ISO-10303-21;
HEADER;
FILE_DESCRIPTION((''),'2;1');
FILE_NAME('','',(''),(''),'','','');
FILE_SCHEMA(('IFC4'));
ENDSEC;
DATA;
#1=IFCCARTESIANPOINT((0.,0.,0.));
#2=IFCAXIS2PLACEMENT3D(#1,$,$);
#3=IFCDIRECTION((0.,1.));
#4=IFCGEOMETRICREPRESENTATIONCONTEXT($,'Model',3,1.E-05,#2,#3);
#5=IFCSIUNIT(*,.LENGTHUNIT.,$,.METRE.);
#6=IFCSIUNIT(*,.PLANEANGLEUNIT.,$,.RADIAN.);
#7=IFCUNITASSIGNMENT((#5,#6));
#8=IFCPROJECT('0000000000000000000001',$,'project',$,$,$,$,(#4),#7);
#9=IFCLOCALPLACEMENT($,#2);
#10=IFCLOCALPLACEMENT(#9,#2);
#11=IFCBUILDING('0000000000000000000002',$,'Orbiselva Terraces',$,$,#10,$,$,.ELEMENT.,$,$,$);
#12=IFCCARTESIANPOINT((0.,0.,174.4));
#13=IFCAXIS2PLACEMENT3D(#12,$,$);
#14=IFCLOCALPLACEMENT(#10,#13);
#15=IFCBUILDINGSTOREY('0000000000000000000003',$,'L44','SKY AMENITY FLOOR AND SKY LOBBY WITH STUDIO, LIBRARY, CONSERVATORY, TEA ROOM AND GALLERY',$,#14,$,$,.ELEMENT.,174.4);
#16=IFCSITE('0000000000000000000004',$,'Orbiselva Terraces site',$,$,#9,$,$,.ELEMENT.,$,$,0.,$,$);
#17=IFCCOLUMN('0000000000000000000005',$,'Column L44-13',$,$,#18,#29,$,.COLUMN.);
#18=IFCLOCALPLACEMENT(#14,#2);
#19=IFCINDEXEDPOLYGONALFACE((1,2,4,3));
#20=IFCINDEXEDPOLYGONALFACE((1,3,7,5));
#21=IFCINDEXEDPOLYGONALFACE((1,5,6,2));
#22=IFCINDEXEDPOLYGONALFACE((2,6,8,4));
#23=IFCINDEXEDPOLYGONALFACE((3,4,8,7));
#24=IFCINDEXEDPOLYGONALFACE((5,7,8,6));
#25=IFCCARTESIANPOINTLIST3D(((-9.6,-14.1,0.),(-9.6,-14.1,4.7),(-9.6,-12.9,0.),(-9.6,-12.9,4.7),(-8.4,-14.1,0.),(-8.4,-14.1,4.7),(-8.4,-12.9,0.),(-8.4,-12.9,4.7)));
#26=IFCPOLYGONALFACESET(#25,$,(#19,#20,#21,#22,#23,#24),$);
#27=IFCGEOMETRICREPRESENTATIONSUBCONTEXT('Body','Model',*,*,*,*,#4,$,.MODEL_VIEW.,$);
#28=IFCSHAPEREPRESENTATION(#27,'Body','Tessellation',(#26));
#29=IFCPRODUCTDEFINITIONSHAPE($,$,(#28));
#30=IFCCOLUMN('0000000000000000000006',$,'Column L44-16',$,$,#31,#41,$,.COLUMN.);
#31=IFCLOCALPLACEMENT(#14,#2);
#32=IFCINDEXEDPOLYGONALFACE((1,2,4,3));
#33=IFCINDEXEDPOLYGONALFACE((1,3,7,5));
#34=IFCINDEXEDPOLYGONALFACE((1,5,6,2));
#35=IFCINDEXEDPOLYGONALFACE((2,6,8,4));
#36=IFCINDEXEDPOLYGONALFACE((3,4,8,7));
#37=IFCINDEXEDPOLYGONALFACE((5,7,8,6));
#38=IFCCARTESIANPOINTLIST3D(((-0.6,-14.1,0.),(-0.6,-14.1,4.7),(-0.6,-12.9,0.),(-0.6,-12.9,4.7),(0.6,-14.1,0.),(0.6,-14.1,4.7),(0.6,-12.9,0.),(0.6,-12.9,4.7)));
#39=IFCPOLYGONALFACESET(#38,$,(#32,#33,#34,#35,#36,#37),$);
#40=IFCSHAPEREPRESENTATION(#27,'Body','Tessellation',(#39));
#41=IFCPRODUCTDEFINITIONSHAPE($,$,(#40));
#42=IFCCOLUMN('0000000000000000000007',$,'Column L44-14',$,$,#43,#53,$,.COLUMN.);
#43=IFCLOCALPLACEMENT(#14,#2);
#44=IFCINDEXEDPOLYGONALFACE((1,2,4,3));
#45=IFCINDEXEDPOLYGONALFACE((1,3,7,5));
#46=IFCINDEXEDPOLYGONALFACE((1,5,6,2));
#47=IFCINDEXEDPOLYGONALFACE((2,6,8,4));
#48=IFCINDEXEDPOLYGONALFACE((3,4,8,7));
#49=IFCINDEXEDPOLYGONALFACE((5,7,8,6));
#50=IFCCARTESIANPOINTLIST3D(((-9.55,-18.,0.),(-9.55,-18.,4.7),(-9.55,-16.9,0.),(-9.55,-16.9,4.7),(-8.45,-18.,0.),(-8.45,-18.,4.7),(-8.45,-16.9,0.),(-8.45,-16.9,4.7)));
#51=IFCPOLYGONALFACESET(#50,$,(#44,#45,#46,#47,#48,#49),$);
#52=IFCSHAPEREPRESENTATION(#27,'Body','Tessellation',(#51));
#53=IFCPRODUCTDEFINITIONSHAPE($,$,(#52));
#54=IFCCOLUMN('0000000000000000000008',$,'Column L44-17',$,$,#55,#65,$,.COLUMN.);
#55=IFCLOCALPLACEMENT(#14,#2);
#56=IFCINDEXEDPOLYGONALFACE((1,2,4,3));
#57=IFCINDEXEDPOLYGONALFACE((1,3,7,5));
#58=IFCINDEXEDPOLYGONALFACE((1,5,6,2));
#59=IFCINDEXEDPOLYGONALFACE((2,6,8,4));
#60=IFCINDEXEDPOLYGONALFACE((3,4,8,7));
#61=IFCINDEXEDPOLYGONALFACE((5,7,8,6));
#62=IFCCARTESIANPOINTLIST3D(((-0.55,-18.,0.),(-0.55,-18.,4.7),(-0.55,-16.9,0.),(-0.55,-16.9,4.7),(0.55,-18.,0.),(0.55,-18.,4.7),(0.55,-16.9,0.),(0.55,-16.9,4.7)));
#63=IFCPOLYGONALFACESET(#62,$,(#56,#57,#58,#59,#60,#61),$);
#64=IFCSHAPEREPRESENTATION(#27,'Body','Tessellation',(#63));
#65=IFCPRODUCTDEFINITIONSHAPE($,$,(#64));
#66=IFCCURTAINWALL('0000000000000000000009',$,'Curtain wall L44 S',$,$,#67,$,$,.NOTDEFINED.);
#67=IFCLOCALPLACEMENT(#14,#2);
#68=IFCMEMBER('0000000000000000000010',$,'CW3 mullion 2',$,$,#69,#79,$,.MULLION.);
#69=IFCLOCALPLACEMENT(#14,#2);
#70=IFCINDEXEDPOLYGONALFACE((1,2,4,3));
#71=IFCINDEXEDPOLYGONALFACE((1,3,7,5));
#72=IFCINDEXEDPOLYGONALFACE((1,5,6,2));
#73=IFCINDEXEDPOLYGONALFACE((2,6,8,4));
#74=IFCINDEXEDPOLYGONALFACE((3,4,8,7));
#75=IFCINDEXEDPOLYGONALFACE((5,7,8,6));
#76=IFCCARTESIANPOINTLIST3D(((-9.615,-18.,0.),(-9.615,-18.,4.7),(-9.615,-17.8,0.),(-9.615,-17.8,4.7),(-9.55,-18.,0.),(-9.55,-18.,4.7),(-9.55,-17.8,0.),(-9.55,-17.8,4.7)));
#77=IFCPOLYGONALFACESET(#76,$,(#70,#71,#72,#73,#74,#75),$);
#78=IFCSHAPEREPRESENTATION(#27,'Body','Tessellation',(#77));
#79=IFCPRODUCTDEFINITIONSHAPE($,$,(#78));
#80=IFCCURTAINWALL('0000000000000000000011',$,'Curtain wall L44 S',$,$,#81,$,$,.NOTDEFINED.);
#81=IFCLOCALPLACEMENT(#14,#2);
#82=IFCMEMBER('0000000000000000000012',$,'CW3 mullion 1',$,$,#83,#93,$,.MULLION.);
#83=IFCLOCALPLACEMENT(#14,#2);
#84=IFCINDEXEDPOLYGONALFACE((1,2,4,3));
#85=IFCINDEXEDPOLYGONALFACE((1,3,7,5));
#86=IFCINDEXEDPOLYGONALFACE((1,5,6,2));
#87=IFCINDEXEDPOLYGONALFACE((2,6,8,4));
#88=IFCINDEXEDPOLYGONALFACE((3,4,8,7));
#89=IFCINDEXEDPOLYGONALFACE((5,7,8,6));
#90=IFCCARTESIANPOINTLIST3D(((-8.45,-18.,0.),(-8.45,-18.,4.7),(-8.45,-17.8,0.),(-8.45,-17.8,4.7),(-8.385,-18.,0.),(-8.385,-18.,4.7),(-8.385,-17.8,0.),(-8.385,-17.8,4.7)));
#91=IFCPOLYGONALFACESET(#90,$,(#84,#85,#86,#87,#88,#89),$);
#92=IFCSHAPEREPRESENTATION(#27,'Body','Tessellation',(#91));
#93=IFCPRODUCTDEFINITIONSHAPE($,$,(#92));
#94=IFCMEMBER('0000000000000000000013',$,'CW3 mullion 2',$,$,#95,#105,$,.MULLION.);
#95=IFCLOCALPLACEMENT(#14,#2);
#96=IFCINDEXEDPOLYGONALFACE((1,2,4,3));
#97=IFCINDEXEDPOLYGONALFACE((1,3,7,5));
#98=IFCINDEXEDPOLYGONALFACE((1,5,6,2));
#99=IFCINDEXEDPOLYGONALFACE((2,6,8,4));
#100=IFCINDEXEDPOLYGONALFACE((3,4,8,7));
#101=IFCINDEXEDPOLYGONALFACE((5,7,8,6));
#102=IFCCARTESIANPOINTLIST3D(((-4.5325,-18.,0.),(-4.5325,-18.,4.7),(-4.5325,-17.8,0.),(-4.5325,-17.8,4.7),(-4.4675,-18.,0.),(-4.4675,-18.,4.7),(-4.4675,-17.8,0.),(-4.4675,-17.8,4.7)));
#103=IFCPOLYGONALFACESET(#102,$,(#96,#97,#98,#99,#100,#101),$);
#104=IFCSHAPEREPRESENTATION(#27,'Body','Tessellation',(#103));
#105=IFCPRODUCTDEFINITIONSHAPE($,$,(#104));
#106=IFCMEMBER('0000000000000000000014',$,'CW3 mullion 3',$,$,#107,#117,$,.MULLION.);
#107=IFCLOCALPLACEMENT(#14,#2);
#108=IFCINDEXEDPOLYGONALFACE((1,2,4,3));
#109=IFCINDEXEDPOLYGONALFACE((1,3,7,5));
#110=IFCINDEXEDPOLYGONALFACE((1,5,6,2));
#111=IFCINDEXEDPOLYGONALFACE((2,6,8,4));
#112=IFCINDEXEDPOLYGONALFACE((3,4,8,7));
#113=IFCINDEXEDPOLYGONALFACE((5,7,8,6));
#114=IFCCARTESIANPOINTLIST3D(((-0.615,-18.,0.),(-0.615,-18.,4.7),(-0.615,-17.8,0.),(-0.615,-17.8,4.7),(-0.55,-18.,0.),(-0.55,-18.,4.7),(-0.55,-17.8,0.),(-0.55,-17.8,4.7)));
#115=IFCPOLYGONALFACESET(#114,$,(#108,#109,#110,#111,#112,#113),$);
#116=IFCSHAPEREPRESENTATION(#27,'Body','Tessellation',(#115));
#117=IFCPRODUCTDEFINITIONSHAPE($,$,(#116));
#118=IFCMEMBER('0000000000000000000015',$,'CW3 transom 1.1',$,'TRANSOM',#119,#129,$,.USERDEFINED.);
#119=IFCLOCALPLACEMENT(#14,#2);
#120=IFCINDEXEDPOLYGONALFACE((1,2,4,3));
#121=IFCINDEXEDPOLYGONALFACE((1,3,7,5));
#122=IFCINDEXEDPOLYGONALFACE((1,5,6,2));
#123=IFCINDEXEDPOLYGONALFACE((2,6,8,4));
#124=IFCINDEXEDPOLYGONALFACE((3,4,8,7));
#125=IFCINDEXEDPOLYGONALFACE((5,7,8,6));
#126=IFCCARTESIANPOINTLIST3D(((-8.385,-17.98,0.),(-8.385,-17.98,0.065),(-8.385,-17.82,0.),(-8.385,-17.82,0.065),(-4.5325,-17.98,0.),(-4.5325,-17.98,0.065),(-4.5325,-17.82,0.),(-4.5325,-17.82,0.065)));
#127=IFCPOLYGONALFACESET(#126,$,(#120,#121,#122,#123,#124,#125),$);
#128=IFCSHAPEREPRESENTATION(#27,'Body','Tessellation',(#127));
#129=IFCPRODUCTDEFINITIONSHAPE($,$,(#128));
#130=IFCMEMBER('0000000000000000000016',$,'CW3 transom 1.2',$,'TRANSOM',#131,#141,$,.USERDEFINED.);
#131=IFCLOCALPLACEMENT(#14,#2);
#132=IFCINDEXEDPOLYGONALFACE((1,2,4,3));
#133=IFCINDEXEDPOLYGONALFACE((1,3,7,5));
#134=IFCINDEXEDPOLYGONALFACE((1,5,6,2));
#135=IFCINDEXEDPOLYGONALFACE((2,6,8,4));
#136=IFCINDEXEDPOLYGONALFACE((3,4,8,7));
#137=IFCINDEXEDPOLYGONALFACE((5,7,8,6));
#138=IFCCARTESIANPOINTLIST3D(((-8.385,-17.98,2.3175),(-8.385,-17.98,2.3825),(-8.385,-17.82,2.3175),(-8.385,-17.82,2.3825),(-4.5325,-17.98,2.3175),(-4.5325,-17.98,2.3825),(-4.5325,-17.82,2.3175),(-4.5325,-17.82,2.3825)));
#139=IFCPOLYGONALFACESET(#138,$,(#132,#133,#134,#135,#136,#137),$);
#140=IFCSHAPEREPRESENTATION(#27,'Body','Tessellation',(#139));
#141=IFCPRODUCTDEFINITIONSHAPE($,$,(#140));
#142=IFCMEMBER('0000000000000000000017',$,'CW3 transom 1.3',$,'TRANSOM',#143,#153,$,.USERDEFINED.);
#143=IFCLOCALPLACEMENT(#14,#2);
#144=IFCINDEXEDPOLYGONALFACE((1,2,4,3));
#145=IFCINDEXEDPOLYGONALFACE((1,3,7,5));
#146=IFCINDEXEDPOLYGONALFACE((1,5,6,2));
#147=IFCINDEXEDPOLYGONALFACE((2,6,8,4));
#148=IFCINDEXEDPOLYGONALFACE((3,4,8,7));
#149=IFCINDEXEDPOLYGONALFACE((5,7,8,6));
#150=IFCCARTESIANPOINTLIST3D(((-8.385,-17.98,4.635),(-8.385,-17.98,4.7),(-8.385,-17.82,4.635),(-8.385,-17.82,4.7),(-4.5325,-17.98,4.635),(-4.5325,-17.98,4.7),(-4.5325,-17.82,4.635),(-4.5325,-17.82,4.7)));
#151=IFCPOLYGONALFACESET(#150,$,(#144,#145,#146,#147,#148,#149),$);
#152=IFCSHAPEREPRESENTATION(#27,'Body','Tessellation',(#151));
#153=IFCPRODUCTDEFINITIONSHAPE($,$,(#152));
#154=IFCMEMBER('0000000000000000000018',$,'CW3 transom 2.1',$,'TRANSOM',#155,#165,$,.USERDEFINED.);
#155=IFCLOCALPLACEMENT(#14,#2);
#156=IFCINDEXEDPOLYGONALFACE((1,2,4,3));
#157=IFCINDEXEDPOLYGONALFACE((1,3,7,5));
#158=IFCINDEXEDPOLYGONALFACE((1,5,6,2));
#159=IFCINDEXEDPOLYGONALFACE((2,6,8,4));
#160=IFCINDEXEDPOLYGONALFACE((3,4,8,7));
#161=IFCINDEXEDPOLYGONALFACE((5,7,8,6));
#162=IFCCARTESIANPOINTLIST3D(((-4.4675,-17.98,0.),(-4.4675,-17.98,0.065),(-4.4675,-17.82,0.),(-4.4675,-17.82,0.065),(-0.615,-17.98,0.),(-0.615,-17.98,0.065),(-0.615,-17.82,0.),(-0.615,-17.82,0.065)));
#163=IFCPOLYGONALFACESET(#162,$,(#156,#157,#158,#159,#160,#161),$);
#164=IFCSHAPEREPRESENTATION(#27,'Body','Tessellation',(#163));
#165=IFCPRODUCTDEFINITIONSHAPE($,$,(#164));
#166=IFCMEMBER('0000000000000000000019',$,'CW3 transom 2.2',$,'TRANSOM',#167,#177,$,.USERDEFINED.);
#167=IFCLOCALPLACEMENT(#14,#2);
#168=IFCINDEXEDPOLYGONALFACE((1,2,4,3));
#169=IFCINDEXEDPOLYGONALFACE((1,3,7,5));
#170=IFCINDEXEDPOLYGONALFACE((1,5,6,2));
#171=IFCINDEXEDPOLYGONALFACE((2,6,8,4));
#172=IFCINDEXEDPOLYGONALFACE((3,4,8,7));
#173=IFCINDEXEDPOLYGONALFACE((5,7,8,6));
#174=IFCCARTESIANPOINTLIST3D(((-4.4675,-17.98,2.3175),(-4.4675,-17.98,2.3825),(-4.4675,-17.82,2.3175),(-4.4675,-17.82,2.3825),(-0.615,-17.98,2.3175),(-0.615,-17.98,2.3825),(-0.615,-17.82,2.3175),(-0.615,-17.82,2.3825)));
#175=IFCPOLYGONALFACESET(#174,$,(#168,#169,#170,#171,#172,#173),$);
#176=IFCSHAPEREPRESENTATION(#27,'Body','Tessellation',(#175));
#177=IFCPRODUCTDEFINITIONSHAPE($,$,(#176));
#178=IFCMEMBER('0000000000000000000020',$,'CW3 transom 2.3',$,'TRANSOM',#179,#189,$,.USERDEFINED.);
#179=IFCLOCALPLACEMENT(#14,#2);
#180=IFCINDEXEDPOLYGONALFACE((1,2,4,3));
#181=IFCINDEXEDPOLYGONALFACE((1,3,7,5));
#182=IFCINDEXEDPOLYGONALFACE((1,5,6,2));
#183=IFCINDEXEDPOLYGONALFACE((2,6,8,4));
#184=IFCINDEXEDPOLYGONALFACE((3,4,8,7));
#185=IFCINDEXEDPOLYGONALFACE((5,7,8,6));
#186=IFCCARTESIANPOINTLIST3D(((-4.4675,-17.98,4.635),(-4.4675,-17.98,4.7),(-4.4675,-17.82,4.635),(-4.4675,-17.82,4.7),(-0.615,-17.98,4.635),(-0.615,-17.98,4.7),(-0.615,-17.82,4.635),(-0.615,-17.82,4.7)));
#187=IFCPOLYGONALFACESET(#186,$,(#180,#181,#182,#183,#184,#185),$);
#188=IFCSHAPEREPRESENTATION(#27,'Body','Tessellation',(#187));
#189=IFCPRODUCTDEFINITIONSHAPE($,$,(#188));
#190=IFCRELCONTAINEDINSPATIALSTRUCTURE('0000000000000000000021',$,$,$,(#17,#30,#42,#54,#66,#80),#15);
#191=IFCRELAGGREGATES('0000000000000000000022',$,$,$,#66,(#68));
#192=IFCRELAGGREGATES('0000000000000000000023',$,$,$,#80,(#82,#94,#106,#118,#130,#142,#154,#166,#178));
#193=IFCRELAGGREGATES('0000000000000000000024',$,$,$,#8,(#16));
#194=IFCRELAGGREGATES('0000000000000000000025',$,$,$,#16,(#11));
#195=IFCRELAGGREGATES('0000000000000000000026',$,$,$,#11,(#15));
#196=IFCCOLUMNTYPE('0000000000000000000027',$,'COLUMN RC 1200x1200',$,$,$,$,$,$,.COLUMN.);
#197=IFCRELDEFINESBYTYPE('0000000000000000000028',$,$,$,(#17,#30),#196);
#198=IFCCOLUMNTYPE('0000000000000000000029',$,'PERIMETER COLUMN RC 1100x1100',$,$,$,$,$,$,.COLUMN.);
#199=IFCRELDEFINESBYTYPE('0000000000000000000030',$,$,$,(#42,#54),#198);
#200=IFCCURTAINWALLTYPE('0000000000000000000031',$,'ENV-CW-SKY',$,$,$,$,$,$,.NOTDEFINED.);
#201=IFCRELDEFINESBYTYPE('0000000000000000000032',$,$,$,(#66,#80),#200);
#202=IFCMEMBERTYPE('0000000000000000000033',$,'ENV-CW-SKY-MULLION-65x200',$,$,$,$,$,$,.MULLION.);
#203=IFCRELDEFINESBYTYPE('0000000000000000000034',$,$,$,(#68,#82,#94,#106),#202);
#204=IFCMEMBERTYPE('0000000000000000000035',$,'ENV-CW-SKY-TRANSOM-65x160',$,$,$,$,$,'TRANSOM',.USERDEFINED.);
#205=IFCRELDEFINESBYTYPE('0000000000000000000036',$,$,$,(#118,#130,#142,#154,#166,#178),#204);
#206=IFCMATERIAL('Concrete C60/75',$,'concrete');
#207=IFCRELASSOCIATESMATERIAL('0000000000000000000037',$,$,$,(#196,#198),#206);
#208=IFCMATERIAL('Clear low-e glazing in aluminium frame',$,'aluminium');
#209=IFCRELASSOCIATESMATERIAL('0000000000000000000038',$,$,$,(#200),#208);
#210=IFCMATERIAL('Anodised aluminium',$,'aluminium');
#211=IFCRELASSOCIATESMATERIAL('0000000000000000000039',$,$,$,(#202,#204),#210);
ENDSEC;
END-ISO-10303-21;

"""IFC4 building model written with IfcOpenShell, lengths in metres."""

from ifc_helpers import new_model, si_unit, direction, frame, origin, origin_2d, place, context, subcontext, project, spatial, rectangle, extrude, material, material_profile, profile_set, type_object, element, aggregate, save


model = new_model("IFC4")

# Units and contexts
model_context = context("Model", 3, precision=1e-05, world=origin(), true_north=direction((0.0, 1.0)))
body_context = subcontext(model_context, "Body", "Model", "MODEL_VIEW")
ifc_project = project(units=[si_unit("LENGTHUNIT", "METRE"), si_unit("PLANEANGLEUNIT", "RADIAN")], contexts=[model_context])

# Site, building, storey
site_placement = place(None, origin())
site = spatial("IfcSite", under=ifc_project, at=site_placement, Name="Orbiselva Terraces site", CompositionType="ELEMENT", RefElevation=0.0)
building_placement = place(site_placement, origin())
building = spatial("IfcBuilding", under=site, at=building_placement, Name="Orbiselva Terraces", CompositionType="ELEMENT")
storey_placement = place(building_placement, frame((0.0, 0.0, 174.4)))
storey = spatial("IfcBuildingStorey", under=building, at=storey_placement, Name="L44", Description="SKY AMENITY FLOOR AND SKY LOBBY WITH STUDIO, LIBRARY, CONSERVATORY, TEA ROOM AND GALLERY", CompositionType="ELEMENT", Elevation=174.4)

# Columns
ifc_material_1 = material(Name="Concrete C60/75", Category="concrete")
ifc_material_profile_1 = material_profile(ifc_material_1, rectangle(XDim=1.2, YDim=1.2, at=origin_2d()), Name="RC 1200x1200")
ifc_profile_set_1 = profile_set([ifc_material_profile_1], Name="Concrete C60/75")
column_type_1 = type_object("IfcColumnType", Name="COLUMN RC 1200x1200", PredefinedType="COLUMN", material=ifc_profile_set_1)
for number, where, z_axis, x_axis, name in (
    (1, (-9.0, -13.5, 0.0), (0.0, 0.0, 1.0), (1.0, 0.0, 0.0), "Column L44-13"),
    (2, (0.0, -13.5, 0.0), (0.0, 0.0, 1.0), (1.0, 0.0, 0.0), "Column L44-16"),
):
    element("IfcColumn", number, at=place(storey_placement, frame(where, z_axis=z_axis, x_axis=x_axis)), inside=storey, type_object=column_type_1, Name=name, PredefinedType="COLUMN", context=body_context, shape_type="SweptSolid", body=[
        extrude(rectangle(XDim=1.2, YDim=1.2, at=origin_2d()), origin(), (0.0, 0.0, 1.0), 4.7),
    ])
ifc_material_profile_2 = material_profile(ifc_material_1, rectangle(XDim=1.1, YDim=1.1, at=origin_2d()), Name="RC 1100x1100")
ifc_profile_set_2 = profile_set([ifc_material_profile_2], Name="Concrete C60/75")
column_type_2 = type_object("IfcColumnType", Name="PERIMETER COLUMN RC 1100x1100", PredefinedType="COLUMN", material=ifc_profile_set_2)
for number, where, z_axis, x_axis, name in (
    (3, (-9.0, -17.45, 0.0), (0.0, 0.0, 1.0), (1.0, 0.0, 0.0), "Column L44-14"),
    (4, (0.0, -17.45, 0.0), (0.0, 0.0, 1.0), (1.0, 0.0, 0.0), "Column L44-17"),
):
    element("IfcColumn", number, at=place(storey_placement, frame(where, z_axis=z_axis, x_axis=x_axis)), inside=storey, type_object=column_type_2, Name=name, PredefinedType="COLUMN", context=body_context, shape_type="SweptSolid", body=[
        extrude(rectangle(XDim=1.1, YDim=1.1, at=origin_2d()), origin(), (0.0, 0.0, 1.0), 4.7),
    ])

# Curtain wall, member
ifc_material_2 = material(Name="Clear low-e glazing in aluminium frame", Category="aluminium")
curtain_wall_type = type_object("IfcCurtainWallType", Name="ENV-CW-SKY", PredefinedType="NOTDEFINED", material=ifc_material_2)
curtain_wall_1_placement = place(storey_placement, origin())
curtain_wall_1 = element("IfcCurtainWall", 5, at=curtain_wall_1_placement, inside=storey, type_object=curtain_wall_type, Name="Curtain wall L44 S", PredefinedType="NOTDEFINED")
ifc_material_3 = material(Name="Anodised aluminium", Category="aluminium")
ifc_material_profile_3 = material_profile(ifc_material_3, rectangle(XDim=0.2, YDim=0.065, at=origin_2d()), Name="AL 65x200")
ifc_profile_set_3 = profile_set([ifc_material_profile_3], Name="Anodised aluminium")
member_type_1 = type_object("IfcMemberType", Name="ENV-CW-SKY-MULLION-65x200", PredefinedType="MULLION", material=ifc_profile_set_3)
member_1_placement = place(storey_placement, frame((-9.5825, -17.9, 0.0), z_axis=(0.0, 0.0, 1.0), x_axis=(0.0, 1.0, 0.0)))
member_1 = element("IfcMember", 6, at=member_1_placement, type_object=member_type_1, Name="CW3 mullion 2", PredefinedType="MULLION", context=body_context, shape_type="SweptSolid", body=[
    extrude(rectangle(XDim=0.2, YDim=0.065, at=origin_2d()), origin(), (0.0, 0.0, 1.0), 4.7),
])

# Curtain wall, members
curtain_wall_2_placement = place(storey_placement, origin())
curtain_wall_2 = element("IfcCurtainWall", 7, at=curtain_wall_2_placement, inside=storey, type_object=curtain_wall_type, Name="Curtain wall L44 S", PredefinedType="NOTDEFINED")
member_2_placement = place(storey_placement, frame((-8.4175, -17.9, 0.0), z_axis=(0.0, 0.0, 1.0), x_axis=(0.0, 1.0, 0.0)))
member_2 = element("IfcMember", 8, at=member_2_placement, type_object=member_type_1, Name="CW3 mullion 1", PredefinedType="MULLION", context=body_context, shape_type="SweptSolid", body=[
    extrude(rectangle(XDim=0.2, YDim=0.065, at=origin_2d()), origin(), (0.0, 0.0, 1.0), 4.7),
])
member_3_placement = place(storey_placement, frame((-4.5, -17.9, 0.0), z_axis=(0.0, 0.0, 1.0), x_axis=(0.0, 1.0, 0.0)))
member_3 = element("IfcMember", 9, at=member_3_placement, type_object=member_type_1, Name="CW3 mullion 2", PredefinedType="MULLION", context=body_context, shape_type="SweptSolid", body=[
    extrude(rectangle(XDim=0.2, YDim=0.065, at=origin_2d()), origin(), (0.0, 0.0, 1.0), 4.7),
])
member_4_placement = place(storey_placement, frame((-0.5825, -17.9, 0.0), z_axis=(0.0, 0.0, 1.0), x_axis=(0.0, 1.0, 0.0)))
member_4 = element("IfcMember", 10, at=member_4_placement, type_object=member_type_1, Name="CW3 mullion 3", PredefinedType="MULLION", context=body_context, shape_type="SweptSolid", body=[
    extrude(rectangle(XDim=0.2, YDim=0.065, at=origin_2d()), origin(), (0.0, 0.0, 1.0), 4.7),
])
ifc_material_profile_4 = material_profile(ifc_material_3, rectangle(XDim=0.16, YDim=0.065, at=origin_2d()), Name="AL 65x160")
ifc_profile_set_4 = profile_set([ifc_material_profile_4], Name="Anodised aluminium")
member_type_2 = type_object("IfcMemberType", Name="ENV-CW-SKY-TRANSOM-65x160", ElementType="TRANSOM", PredefinedType="USERDEFINED", material=ifc_profile_set_4)
member_5_placement = place(storey_placement, frame((-8.385, -17.9, 0.0325), z_axis=(1.0, 0.0, 0.0), x_axis=(0.0, 1.0, 0.0)))
member_5 = element("IfcMember", 11, at=member_5_placement, type_object=member_type_2, Name="CW3 transom 1.1", ObjectType="TRANSOM", PredefinedType="USERDEFINED", context=body_context, shape_type="SweptSolid", body=[
    extrude(rectangle(XDim=0.16, YDim=0.065, at=origin_2d()), origin(), (0.0, 0.0, 1.0), 3.8525),
])
member_6_placement = place(storey_placement, frame((-8.385, -17.9, 2.35), z_axis=(1.0, 0.0, 0.0), x_axis=(0.0, 1.0, 0.0)))
member_6 = element("IfcMember", 12, at=member_6_placement, type_object=member_type_2, Name="CW3 transom 1.2", ObjectType="TRANSOM", PredefinedType="USERDEFINED", context=body_context, shape_type="SweptSolid", body=[
    extrude(rectangle(XDim=0.16, YDim=0.065, at=origin_2d()), origin(), (0.0, 0.0, 1.0), 3.8525),
])
member_7_placement = place(storey_placement, frame((-8.385, -17.9, 4.6675), z_axis=(1.0, 0.0, 0.0), x_axis=(0.0, 1.0, 0.0)))
member_7 = element("IfcMember", 13, at=member_7_placement, type_object=member_type_2, Name="CW3 transom 1.3", ObjectType="TRANSOM", PredefinedType="USERDEFINED", context=body_context, shape_type="SweptSolid", body=[
    extrude(rectangle(XDim=0.16, YDim=0.065, at=origin_2d()), origin(), (0.0, 0.0, 1.0), 3.8525),
])
member_8_placement = place(storey_placement, frame((-4.4675, -17.9, 0.0325), z_axis=(1.0, 0.0, 0.0), x_axis=(0.0, 1.0, 0.0)))
member_8 = element("IfcMember", 14, at=member_8_placement, type_object=member_type_2, Name="CW3 transom 2.1", ObjectType="TRANSOM", PredefinedType="USERDEFINED", context=body_context, shape_type="SweptSolid", body=[
    extrude(rectangle(XDim=0.16, YDim=0.065, at=origin_2d()), origin(), (0.0, 0.0, 1.0), 3.8525),
])
member_9_placement = place(storey_placement, frame((-4.4675, -17.9, 2.35), z_axis=(1.0, 0.0, 0.0), x_axis=(0.0, 1.0, 0.0)))
member_9 = element("IfcMember", 15, at=member_9_placement, type_object=member_type_2, Name="CW3 transom 2.2", ObjectType="TRANSOM", PredefinedType="USERDEFINED", context=body_context, shape_type="SweptSolid", body=[
    extrude(rectangle(XDim=0.16, YDim=0.065, at=origin_2d()), origin(), (0.0, 0.0, 1.0), 3.8525),
])
member_10_placement = place(storey_placement, frame((-4.4675, -17.9, 4.6675), z_axis=(1.0, 0.0, 0.0), x_axis=(0.0, 1.0, 0.0)))
member_10 = element("IfcMember", 16, at=member_10_placement, type_object=member_type_2, Name="CW3 transom 2.3", ObjectType="TRANSOM", PredefinedType="USERDEFINED", context=body_context, shape_type="SweptSolid", body=[
    extrude(rectangle(XDim=0.16, YDim=0.065, at=origin_2d()), origin(), (0.0, 0.0, 1.0), 3.8525),
])

aggregate(curtain_wall_1, [member_1])
aggregate(curtain_wall_2, [member_2, member_3, member_4, member_5, member_6, member_7, member_8, member_9, member_10])

save(model, "model.ifc")
